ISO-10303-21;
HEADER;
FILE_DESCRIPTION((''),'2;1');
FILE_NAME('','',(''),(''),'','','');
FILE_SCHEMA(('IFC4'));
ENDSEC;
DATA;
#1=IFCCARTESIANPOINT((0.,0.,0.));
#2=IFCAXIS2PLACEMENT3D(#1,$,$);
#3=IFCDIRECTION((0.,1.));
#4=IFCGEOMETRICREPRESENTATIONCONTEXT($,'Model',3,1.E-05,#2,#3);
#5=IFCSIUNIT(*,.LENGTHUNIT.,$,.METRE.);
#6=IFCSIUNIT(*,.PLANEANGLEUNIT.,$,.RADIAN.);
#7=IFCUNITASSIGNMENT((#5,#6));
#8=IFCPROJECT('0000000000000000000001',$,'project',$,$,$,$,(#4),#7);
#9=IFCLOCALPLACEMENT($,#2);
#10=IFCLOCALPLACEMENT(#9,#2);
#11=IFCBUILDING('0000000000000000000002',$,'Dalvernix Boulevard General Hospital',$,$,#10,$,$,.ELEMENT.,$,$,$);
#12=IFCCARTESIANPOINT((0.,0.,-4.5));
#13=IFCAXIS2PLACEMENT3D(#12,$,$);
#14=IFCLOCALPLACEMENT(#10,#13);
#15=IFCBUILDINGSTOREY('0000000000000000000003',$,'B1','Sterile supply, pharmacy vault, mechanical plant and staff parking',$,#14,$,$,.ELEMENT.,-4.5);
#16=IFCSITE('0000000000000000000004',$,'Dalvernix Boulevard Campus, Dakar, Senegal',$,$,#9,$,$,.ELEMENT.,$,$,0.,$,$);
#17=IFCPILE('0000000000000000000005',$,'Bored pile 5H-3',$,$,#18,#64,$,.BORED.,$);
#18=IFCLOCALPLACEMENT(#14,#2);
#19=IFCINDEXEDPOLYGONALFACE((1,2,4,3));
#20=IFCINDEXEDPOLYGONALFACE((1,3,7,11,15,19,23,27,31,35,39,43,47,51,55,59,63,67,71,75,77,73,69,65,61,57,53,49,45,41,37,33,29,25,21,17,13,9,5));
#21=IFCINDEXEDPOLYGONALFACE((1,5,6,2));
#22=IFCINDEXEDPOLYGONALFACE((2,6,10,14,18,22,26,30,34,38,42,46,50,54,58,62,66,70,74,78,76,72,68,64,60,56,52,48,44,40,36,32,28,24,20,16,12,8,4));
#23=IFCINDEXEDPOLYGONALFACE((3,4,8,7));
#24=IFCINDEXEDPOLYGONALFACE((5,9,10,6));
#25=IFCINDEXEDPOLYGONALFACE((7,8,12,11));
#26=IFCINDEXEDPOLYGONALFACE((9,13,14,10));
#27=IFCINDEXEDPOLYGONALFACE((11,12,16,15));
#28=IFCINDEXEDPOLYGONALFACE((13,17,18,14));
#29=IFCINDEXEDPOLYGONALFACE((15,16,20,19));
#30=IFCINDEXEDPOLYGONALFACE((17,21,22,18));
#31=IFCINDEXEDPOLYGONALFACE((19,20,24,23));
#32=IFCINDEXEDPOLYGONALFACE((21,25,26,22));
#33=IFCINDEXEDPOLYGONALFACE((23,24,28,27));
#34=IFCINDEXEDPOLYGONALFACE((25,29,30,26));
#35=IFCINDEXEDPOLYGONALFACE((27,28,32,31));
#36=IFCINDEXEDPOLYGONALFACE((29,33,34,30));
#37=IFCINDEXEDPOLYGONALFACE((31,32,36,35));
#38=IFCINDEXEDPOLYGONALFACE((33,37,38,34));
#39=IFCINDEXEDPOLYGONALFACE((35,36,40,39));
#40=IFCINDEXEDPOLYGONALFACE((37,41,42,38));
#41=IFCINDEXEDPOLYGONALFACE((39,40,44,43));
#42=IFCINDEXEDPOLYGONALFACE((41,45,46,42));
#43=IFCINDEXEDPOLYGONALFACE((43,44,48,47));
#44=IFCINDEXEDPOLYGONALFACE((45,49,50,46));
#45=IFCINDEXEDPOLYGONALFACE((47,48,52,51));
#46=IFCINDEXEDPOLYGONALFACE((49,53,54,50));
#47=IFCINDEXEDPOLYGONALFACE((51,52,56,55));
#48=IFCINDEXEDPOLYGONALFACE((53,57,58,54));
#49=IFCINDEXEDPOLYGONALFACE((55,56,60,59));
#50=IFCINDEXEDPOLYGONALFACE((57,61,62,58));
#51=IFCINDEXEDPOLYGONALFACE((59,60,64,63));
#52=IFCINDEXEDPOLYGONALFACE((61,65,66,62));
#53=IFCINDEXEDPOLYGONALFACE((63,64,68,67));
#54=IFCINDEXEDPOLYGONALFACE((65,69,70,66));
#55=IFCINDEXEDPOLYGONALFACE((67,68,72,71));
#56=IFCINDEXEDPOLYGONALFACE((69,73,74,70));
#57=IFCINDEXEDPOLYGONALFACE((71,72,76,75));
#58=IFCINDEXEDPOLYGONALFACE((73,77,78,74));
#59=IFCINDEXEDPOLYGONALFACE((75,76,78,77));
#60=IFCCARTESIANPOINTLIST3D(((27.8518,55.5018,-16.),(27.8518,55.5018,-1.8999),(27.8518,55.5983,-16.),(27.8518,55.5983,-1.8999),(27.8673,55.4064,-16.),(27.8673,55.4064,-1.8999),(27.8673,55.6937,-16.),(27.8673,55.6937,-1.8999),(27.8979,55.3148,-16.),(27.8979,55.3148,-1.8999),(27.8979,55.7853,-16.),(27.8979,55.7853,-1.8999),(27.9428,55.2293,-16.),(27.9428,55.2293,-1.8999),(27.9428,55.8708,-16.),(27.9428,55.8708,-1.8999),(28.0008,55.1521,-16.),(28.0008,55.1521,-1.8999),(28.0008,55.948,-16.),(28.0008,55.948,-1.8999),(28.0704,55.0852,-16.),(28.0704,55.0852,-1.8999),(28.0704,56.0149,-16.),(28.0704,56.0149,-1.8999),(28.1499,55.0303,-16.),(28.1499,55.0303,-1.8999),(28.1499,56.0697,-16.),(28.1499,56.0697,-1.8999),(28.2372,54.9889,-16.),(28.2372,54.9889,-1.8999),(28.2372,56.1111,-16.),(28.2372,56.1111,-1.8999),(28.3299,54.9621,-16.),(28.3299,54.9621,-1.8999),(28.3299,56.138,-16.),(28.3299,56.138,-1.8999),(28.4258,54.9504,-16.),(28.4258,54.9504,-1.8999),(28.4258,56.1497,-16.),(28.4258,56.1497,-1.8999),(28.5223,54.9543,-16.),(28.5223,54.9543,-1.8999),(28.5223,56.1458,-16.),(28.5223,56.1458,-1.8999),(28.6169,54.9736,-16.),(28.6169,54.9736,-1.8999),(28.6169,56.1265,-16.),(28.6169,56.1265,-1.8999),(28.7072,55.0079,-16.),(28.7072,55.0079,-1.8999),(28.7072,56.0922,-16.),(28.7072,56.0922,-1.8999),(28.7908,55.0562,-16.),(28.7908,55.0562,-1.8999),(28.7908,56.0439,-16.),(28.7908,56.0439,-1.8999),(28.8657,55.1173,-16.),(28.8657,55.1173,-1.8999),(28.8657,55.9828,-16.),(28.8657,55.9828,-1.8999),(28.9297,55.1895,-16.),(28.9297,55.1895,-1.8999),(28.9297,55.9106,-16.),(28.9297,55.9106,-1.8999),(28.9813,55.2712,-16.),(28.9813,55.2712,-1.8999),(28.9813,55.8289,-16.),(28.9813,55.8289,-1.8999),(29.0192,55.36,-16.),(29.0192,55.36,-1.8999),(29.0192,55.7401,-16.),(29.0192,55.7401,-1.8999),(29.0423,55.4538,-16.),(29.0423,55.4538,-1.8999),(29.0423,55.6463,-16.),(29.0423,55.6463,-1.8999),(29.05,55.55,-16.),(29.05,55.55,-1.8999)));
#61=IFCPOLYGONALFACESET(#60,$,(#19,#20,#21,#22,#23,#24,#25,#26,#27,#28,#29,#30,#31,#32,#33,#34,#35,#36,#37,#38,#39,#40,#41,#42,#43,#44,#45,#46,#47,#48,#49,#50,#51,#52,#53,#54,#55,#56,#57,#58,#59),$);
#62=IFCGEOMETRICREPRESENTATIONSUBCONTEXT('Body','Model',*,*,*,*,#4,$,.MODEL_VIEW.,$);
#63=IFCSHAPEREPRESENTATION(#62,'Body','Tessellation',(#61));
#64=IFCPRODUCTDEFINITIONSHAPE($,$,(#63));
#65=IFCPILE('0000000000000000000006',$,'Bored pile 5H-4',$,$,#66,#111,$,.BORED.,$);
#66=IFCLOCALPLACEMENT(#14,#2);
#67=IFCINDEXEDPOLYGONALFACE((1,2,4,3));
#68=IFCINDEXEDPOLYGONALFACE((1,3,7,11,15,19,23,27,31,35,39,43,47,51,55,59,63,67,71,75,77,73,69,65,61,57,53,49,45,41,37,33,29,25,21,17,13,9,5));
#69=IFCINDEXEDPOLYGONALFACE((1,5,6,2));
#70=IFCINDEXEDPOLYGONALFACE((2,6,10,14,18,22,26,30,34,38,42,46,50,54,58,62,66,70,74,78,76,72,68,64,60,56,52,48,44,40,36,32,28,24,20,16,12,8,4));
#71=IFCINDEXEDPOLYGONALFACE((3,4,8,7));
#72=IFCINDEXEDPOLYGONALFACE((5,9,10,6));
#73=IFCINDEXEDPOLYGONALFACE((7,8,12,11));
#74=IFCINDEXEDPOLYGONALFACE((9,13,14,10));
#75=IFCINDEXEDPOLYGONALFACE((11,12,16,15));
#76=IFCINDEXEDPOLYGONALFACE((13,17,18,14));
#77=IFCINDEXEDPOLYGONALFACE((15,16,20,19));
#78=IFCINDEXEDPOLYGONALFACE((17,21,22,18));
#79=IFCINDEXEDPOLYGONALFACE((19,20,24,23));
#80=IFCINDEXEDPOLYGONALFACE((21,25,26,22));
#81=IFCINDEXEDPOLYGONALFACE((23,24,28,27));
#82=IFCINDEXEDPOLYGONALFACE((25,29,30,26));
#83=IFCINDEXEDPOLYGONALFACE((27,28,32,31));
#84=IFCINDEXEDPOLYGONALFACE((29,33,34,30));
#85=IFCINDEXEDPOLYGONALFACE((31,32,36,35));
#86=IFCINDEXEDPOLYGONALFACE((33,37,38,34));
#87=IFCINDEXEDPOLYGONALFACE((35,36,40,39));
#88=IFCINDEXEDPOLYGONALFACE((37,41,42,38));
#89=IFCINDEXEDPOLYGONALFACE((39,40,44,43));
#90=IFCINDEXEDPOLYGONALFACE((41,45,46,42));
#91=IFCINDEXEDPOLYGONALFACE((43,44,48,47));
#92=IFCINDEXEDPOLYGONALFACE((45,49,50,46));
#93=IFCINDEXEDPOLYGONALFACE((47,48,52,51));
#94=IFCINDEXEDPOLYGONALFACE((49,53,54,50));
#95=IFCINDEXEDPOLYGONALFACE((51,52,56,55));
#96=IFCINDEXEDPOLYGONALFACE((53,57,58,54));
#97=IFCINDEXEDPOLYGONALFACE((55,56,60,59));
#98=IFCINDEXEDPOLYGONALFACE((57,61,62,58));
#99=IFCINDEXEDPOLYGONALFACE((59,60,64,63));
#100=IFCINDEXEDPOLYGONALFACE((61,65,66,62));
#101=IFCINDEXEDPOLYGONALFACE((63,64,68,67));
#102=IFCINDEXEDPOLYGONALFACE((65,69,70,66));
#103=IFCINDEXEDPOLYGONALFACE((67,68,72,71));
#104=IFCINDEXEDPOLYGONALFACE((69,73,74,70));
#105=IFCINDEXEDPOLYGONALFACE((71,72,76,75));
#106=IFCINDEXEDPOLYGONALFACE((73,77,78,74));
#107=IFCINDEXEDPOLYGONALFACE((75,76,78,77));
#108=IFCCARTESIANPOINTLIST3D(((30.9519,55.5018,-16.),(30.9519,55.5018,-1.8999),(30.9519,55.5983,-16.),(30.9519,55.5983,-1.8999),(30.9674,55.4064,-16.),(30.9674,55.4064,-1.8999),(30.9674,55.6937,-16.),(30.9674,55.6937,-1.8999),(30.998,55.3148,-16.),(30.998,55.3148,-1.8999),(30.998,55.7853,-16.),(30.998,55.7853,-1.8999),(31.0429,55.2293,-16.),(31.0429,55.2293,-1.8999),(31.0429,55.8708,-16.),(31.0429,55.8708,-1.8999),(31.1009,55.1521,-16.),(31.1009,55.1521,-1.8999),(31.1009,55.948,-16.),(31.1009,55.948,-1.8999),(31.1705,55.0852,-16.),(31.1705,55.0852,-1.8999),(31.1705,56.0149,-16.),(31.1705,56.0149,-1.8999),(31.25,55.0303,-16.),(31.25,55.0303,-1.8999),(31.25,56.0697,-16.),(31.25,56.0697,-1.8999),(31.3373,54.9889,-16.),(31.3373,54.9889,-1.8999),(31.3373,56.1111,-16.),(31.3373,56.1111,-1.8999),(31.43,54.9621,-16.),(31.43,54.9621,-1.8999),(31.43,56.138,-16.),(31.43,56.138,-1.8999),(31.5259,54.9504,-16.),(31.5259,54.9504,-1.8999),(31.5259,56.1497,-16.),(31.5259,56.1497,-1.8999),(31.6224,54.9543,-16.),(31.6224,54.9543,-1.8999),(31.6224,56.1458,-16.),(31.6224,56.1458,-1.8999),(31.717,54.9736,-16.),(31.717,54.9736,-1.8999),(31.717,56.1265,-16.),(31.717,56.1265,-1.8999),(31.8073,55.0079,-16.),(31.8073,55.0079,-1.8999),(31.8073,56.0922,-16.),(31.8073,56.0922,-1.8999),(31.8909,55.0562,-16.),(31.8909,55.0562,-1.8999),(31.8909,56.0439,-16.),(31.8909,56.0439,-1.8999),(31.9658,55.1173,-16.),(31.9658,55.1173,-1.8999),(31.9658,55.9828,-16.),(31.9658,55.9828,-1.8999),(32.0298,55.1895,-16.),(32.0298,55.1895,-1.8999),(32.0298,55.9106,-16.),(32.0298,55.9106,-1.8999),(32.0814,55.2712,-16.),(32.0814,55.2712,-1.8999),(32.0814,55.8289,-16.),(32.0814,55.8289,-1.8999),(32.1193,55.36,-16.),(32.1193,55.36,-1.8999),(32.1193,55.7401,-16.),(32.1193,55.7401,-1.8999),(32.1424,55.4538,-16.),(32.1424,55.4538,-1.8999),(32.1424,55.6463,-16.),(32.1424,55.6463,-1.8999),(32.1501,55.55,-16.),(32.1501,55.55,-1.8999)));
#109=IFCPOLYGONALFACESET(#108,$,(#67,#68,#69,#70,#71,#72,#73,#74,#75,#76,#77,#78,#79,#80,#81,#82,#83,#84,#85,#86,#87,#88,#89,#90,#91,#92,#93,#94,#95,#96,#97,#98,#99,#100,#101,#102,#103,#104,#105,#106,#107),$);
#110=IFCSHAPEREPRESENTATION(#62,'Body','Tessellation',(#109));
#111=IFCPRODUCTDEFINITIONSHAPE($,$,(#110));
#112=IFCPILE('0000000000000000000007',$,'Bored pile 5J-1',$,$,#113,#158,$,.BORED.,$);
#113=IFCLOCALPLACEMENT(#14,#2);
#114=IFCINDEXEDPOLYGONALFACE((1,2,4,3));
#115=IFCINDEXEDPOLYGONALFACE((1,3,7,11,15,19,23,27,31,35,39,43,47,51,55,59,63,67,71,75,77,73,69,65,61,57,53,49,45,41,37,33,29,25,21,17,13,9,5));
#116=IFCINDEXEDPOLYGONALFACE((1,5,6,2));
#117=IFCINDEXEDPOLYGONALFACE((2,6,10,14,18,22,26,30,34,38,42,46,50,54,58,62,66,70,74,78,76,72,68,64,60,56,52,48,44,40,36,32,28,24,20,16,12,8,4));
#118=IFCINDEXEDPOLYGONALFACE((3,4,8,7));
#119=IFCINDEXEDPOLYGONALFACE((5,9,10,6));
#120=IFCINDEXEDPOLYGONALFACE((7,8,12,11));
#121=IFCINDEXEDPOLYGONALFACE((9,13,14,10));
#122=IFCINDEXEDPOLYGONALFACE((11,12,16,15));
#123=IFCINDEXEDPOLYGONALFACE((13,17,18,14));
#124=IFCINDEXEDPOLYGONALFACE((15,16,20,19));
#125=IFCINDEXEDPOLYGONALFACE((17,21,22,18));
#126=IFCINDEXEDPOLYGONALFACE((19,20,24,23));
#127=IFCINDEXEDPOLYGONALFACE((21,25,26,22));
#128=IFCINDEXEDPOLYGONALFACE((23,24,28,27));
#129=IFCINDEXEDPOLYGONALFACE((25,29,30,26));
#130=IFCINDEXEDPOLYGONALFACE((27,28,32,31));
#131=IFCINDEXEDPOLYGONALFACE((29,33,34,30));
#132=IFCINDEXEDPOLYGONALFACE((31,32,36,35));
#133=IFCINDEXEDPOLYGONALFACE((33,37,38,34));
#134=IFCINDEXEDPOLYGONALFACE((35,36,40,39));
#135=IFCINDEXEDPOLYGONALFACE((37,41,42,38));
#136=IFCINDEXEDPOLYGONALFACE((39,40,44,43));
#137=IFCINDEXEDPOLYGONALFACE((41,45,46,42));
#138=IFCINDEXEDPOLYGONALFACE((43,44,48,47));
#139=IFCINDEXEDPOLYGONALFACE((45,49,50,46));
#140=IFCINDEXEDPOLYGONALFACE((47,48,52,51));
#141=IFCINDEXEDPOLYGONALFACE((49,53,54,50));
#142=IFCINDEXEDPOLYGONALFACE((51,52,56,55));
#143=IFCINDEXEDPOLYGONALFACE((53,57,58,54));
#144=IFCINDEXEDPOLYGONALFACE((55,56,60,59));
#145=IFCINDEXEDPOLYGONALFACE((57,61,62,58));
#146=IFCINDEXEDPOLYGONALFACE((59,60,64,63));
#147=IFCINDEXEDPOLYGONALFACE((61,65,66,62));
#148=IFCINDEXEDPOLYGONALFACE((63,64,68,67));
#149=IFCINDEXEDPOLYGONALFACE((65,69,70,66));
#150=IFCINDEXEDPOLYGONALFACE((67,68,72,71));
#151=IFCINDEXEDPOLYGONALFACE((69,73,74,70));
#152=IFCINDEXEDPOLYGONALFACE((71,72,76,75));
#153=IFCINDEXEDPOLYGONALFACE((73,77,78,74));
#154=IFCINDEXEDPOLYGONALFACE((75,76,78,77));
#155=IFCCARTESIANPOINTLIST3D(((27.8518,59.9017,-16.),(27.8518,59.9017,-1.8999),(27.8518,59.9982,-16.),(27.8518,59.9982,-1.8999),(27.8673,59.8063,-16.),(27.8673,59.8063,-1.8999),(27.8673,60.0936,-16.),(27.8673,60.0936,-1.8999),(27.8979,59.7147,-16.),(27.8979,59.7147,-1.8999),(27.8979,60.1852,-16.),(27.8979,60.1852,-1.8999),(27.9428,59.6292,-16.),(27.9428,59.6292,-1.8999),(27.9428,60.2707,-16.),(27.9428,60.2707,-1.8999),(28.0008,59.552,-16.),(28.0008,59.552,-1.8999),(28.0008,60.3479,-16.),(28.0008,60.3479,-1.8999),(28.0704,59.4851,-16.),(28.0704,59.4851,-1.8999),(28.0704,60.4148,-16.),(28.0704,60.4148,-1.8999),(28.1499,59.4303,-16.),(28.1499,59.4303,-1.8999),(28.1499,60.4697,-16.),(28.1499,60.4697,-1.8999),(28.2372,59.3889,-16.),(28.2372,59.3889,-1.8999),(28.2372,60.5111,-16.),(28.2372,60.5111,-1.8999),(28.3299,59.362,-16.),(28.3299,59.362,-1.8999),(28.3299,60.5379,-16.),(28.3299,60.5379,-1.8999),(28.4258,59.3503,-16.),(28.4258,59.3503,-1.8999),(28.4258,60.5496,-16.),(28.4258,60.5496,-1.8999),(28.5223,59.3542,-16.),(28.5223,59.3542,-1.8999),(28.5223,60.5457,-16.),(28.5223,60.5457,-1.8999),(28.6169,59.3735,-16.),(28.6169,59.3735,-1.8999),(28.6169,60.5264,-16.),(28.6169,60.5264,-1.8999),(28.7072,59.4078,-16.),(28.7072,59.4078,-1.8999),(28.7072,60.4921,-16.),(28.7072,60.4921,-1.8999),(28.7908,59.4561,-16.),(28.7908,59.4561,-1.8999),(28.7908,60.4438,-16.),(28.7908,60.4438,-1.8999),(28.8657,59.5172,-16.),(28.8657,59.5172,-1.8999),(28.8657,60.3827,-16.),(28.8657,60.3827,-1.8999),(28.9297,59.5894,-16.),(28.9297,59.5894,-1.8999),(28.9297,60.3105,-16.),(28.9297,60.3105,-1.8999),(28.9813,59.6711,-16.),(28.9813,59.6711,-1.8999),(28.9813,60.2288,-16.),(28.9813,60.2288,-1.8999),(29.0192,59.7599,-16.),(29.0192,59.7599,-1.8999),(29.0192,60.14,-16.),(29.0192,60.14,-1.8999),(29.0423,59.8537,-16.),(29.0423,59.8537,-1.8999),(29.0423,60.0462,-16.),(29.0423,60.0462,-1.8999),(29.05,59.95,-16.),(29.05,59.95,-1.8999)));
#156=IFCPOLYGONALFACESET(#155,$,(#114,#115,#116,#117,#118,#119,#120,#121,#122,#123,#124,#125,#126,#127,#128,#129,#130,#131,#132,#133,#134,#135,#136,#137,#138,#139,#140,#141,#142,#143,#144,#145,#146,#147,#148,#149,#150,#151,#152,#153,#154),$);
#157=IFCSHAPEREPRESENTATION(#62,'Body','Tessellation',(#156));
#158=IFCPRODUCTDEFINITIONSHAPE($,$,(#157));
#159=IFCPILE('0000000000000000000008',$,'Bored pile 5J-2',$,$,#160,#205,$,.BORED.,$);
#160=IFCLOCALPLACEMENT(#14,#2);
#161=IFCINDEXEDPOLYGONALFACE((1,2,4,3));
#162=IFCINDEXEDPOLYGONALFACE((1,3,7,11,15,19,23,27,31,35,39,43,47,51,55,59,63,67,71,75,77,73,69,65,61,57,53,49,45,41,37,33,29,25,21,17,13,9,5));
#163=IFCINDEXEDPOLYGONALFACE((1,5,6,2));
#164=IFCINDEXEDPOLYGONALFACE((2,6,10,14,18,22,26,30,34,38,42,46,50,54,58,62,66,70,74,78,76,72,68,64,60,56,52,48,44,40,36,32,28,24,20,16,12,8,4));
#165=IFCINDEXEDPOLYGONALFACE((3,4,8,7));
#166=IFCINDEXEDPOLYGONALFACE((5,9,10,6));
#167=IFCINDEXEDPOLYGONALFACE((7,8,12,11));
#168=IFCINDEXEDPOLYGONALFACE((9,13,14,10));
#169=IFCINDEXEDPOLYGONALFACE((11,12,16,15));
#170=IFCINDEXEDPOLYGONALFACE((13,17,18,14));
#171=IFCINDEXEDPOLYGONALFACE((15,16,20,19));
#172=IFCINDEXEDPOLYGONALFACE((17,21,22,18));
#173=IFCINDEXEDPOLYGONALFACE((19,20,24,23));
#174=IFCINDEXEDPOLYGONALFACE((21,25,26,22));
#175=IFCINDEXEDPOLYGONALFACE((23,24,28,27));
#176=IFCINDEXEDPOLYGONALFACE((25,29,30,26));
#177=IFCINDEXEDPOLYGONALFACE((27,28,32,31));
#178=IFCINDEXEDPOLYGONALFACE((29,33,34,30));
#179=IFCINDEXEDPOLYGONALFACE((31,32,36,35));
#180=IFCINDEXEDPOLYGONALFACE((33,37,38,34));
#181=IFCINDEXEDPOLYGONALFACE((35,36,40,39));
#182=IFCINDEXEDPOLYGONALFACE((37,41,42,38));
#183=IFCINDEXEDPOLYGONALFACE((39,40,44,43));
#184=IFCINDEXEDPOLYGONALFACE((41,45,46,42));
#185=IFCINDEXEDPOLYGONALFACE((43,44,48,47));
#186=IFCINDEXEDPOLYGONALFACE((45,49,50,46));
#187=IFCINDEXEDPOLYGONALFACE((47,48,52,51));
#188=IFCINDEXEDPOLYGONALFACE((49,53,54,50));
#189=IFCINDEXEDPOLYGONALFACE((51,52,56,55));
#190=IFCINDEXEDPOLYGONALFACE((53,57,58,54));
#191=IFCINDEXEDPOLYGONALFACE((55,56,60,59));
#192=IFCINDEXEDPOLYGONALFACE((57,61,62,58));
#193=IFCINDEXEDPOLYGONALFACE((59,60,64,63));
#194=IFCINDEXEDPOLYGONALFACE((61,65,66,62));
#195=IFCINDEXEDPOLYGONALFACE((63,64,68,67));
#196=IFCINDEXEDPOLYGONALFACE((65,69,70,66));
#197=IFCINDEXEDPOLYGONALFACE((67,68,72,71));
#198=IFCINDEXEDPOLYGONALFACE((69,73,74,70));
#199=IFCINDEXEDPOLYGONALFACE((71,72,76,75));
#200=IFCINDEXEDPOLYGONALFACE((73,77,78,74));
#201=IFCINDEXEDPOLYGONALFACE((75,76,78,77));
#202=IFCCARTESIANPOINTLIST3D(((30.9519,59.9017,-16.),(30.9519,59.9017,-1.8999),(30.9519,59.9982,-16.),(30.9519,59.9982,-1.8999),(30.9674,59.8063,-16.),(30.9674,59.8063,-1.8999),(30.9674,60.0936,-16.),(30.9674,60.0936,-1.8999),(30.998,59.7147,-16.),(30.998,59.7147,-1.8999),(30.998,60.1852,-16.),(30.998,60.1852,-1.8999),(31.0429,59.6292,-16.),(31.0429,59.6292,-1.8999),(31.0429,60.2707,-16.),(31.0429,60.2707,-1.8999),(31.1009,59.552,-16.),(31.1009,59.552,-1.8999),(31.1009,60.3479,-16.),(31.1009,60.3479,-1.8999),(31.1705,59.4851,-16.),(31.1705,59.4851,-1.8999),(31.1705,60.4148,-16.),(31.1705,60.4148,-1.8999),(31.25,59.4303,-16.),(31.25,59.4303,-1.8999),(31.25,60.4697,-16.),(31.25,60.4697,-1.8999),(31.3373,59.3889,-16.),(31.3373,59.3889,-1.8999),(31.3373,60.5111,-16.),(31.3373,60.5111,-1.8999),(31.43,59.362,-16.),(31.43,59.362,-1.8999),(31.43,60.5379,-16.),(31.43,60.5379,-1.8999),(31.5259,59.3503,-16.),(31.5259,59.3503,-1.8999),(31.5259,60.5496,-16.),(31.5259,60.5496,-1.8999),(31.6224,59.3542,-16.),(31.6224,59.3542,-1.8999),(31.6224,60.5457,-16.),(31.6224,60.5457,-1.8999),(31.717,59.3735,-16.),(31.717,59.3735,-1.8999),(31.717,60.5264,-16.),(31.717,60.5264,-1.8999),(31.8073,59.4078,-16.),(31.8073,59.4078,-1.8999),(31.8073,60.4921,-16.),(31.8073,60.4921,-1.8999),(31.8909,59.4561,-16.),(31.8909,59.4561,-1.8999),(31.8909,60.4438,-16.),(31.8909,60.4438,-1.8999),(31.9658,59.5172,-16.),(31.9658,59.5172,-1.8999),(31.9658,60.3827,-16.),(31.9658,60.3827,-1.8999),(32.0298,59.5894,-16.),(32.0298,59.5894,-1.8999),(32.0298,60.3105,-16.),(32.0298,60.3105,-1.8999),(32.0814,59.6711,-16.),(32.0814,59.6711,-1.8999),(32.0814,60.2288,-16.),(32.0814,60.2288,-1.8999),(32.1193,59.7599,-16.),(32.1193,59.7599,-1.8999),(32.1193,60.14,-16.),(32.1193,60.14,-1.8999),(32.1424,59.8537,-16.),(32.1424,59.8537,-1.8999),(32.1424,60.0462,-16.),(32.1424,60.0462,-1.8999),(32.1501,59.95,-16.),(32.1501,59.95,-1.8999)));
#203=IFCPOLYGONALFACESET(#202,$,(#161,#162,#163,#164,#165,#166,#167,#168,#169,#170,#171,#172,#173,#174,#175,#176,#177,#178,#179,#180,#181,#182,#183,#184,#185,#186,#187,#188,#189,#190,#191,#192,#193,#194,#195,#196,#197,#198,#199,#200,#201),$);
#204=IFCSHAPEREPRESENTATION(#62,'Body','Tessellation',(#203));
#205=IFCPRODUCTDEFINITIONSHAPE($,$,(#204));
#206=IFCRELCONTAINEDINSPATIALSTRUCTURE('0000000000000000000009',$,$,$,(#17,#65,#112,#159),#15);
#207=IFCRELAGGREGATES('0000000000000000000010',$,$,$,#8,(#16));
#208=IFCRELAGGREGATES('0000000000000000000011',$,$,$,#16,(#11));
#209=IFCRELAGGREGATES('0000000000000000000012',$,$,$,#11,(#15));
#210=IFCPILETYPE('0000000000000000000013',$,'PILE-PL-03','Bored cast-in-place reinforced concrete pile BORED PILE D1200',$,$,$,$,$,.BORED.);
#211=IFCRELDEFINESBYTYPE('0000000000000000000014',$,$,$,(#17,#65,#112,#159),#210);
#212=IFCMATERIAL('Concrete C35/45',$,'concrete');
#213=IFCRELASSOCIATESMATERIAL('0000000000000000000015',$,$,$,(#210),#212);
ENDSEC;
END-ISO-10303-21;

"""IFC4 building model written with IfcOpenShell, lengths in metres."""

from ifc_helpers import new_model, si_unit, direction, frame, origin, origin_2d, place, context, subcontext, project, spatial, circle, extrude, material, material_profile, profile_set, type_object, element, save


model = new_model("IFC4")

# Units and contexts
model_context = context("Model", 3, precision=1e-05, world=origin(), true_north=direction((0.0, 1.0)))
body_context = subcontext(model_context, "Body", "Model", "MODEL_VIEW")
ifc_project = project(units=[si_unit("LENGTHUNIT", "METRE"), si_unit("PLANEANGLEUNIT", "RADIAN")], contexts=[model_context])

# Site, building, storey
site_placement = place(None, origin())
site = spatial("IfcSite", under=ifc_project, at=site_placement, Name="Dalvernix Boulevard Campus, Dakar, Senegal", CompositionType="ELEMENT", RefElevation=0.0)
building_placement = place(site_placement, origin())
building = spatial("IfcBuilding", under=site, at=building_placement, Name="Dalvernix Boulevard General Hospital", CompositionType="ELEMENT")
storey_placement = place(building_placement, frame((0.0, 0.0, -4.5)))
storey = spatial("IfcBuildingStorey", under=building, at=storey_placement, Name="B1", Description="Sterile supply, pharmacy vault, mechanical plant and staff parking", CompositionType="ELEMENT", Elevation=-4.5)

# Shared definitions
ifc_material_1 = material(Name="Concrete C35/45", Category="concrete")

# Piles
ifc_material_profile_1 = material_profile(ifc_material_1, circle(Radius=0.6001, at=origin_2d()), Name="BORED PILE D1200")
ifc_profile_set_1 = profile_set([ifc_material_profile_1], Name="Concrete C35/45")
pile_type_1 = type_object("IfcPileType", Name="PILE-PL-03", Description="Bored cast-in-place reinforced concrete pile BORED PILE D1200", PredefinedType="BORED", material=ifc_profile_set_1)
for number, where, z_axis, x_axis, name in (
    (1, (28.45, 55.55, -1.8999), (0.0, 0.0, -1.0), (1.0, 0.0, 0.0), "Bored pile 5H-3"),
    (2, (31.55, 55.55, -1.8999), (0.0, 0.0, -1.0), (1.0, 0.0, 0.0), "Bored pile 5H-4"),
    (3, (28.45, 59.95, -1.8999), (0.0, 0.0, -1.0), (1.0, 0.0, 0.0), "Bored pile 5J-1"),
    (4, (31.55, 59.95, -1.8999), (0.0, 0.0, -1.0), (1.0, 0.0, 0.0), "Bored pile 5J-2"),
):
    element("IfcPile", number, at=place(storey_placement, frame(where, z_axis=z_axis, x_axis=x_axis)), inside=storey, type_object=pile_type_1, Name=name, PredefinedType="BORED", context=body_context, shape_type="SweptSolid", body=[
        extrude(circle(Radius=0.6001, at=origin_2d()), origin(), (0.0, 0.0, 1.0), 14.1001),
    ])

save(model, "model.ifc")
